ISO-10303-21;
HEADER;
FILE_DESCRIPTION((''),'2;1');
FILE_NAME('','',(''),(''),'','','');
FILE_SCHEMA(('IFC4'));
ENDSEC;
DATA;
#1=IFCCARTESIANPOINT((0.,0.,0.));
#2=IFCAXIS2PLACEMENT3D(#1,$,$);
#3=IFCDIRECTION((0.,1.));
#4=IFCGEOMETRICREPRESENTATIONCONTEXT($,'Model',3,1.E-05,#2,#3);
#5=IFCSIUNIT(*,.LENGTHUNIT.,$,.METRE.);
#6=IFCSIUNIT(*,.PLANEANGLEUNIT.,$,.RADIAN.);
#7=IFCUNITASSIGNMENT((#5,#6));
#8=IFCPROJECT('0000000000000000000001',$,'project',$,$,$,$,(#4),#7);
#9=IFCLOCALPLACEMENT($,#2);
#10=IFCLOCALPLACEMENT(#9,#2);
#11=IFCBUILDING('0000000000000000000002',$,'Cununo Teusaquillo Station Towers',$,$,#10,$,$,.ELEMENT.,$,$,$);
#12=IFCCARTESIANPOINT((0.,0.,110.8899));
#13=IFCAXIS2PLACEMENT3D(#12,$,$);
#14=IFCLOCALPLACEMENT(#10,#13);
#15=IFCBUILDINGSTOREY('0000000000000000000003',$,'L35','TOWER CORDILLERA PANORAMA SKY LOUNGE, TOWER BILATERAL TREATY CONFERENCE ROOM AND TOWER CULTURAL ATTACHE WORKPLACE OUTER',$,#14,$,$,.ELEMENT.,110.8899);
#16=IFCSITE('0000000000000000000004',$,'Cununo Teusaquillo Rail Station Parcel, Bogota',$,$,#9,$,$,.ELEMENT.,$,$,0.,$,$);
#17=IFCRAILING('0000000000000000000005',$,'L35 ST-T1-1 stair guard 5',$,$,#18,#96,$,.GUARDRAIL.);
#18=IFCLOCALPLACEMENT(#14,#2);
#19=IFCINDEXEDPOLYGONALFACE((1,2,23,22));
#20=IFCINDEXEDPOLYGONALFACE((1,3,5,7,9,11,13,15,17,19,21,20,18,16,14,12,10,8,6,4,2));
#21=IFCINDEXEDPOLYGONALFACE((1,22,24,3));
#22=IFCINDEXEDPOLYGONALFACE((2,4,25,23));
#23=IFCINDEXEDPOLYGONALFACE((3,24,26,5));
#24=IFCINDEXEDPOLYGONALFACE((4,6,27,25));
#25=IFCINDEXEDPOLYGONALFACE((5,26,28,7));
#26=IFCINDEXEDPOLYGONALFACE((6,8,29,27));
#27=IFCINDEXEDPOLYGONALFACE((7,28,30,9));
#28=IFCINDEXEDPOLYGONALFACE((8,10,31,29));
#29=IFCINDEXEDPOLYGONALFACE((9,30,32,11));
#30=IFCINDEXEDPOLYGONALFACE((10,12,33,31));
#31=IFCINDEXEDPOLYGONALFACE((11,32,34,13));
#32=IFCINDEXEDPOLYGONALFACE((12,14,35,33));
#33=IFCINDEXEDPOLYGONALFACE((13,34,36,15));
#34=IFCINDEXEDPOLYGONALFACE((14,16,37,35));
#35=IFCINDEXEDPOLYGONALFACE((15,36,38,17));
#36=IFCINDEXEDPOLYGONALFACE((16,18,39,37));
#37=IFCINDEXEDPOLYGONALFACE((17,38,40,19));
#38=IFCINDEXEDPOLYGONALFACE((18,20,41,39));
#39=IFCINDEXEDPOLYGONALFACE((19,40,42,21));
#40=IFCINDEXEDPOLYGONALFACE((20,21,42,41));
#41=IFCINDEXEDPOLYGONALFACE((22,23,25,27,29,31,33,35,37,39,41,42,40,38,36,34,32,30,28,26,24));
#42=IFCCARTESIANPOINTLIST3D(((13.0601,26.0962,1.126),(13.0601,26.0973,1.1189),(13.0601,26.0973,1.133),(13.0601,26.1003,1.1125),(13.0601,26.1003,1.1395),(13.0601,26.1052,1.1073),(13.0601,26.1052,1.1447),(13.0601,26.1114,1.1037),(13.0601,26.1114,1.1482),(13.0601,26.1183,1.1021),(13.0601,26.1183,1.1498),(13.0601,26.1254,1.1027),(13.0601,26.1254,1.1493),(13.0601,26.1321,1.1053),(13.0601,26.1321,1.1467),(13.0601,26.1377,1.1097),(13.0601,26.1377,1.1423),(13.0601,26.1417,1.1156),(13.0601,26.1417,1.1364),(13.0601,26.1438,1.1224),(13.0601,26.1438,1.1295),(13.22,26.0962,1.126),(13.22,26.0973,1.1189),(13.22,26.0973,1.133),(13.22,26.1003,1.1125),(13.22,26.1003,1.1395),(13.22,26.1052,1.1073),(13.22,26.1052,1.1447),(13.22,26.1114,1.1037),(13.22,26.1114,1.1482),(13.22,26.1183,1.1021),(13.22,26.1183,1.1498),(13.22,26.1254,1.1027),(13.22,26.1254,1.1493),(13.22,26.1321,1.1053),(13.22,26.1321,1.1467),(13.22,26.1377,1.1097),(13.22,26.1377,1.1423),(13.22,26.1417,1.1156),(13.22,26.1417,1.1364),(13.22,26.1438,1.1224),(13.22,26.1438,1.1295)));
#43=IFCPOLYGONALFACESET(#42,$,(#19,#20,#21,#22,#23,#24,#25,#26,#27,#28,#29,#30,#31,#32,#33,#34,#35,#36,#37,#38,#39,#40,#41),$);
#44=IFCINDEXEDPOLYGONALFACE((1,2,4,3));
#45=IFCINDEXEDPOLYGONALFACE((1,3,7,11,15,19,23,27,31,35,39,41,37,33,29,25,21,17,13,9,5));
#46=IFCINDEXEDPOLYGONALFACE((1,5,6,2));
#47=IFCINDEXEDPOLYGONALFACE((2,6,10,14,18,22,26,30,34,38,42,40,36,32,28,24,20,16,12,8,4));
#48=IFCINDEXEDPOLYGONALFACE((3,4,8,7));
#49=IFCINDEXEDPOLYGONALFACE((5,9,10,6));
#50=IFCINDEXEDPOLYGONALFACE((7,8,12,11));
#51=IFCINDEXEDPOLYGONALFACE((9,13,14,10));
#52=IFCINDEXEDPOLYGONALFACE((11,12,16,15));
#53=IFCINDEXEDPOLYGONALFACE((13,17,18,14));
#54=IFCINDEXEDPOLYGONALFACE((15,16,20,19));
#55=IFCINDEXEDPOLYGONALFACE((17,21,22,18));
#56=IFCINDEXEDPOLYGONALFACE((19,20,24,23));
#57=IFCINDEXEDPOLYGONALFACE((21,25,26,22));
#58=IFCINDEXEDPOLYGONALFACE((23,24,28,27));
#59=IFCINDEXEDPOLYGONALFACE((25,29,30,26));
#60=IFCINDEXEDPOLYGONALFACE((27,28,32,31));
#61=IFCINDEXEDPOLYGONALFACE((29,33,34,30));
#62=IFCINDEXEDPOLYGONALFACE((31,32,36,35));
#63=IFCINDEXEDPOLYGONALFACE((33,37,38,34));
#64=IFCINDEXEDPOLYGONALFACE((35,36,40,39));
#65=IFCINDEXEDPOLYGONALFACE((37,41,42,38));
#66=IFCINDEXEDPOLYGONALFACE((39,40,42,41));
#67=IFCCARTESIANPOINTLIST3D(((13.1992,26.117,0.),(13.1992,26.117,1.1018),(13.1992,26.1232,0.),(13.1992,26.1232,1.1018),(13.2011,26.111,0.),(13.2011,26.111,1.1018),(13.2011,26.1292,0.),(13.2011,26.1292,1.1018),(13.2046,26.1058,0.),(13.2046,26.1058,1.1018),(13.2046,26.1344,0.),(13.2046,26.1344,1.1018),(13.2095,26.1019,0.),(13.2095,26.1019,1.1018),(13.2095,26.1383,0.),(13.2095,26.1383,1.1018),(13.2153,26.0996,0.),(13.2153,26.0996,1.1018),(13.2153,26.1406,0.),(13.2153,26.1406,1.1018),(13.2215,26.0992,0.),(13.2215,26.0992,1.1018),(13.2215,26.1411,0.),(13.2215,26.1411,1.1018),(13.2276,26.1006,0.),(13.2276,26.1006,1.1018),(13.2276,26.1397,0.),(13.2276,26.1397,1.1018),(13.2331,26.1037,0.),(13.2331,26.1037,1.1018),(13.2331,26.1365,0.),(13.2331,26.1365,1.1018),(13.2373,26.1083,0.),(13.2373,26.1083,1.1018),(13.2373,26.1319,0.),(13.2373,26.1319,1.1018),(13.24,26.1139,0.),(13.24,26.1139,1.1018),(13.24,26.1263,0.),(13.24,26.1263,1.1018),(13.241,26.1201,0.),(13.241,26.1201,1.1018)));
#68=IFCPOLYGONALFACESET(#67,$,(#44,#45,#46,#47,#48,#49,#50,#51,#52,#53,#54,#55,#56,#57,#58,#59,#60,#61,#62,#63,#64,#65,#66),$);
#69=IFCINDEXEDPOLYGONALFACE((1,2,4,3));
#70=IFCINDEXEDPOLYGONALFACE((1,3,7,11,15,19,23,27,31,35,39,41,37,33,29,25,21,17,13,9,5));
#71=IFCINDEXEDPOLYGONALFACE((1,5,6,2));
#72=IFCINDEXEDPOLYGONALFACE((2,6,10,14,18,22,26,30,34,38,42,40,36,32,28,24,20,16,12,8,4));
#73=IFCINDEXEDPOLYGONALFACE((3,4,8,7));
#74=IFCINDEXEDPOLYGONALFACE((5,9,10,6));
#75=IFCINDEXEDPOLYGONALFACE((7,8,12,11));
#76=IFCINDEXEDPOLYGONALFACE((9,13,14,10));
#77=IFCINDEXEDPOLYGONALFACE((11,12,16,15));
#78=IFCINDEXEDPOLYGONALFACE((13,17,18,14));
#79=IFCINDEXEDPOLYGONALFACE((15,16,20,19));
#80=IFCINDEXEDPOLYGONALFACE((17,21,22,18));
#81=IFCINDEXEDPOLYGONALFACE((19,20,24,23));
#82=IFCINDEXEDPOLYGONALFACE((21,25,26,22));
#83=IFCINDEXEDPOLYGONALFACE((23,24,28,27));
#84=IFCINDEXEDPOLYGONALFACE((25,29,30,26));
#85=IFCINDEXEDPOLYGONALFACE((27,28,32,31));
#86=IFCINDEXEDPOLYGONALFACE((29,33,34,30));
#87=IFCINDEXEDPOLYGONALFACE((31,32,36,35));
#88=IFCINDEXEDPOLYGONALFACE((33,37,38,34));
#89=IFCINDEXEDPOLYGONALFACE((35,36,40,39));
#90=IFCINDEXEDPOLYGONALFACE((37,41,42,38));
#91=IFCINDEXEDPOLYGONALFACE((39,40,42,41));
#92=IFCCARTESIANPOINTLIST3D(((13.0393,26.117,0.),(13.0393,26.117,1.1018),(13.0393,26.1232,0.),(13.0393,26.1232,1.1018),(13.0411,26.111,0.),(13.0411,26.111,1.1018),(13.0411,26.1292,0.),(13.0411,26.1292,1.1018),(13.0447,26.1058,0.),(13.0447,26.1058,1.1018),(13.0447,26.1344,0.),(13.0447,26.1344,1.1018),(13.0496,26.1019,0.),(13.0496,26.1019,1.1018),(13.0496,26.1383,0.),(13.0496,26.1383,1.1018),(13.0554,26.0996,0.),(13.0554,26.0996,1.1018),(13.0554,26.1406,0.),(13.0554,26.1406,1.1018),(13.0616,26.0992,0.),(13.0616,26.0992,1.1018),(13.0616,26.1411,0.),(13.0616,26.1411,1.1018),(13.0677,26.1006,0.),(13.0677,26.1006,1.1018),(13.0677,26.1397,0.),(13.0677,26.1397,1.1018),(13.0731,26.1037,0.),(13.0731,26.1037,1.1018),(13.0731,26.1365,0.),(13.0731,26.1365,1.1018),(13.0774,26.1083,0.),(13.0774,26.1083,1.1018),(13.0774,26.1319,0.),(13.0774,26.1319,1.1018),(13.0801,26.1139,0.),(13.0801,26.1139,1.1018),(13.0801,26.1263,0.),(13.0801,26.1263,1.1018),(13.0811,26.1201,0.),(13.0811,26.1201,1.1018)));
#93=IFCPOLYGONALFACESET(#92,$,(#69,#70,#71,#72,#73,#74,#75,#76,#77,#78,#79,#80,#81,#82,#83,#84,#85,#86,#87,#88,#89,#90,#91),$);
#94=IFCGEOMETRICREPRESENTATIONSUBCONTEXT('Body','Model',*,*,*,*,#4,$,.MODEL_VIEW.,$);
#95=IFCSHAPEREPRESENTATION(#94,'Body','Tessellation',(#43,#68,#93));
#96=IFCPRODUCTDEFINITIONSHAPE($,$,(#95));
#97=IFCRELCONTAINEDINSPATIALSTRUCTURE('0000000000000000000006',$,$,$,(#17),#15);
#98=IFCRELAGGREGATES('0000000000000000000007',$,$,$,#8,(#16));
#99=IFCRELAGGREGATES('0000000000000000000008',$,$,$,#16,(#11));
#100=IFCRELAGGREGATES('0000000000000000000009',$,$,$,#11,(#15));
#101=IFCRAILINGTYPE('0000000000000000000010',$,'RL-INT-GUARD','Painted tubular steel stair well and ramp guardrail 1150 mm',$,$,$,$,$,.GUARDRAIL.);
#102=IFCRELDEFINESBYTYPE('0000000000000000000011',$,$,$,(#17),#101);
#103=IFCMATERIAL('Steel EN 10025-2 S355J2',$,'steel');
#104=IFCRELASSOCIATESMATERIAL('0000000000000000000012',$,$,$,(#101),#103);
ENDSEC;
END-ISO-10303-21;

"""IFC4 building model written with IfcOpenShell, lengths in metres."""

from ifc_helpers import new_model, si_unit, direction, frame, origin, origin_2d, place, context, subcontext, project, spatial, circle, extrude, material, type_object, element, save


model = new_model("IFC4")

# Units and contexts
model_context = context("Model", 3, precision=1e-05, world=origin(), true_north=direction((0.0, 1.0)))
body_context = subcontext(model_context, "Body", "Model", "MODEL_VIEW")
ifc_project = project(units=[si_unit("LENGTHUNIT", "METRE"), si_unit("PLANEANGLEUNIT", "RADIAN")], contexts=[model_context])

# Site, building, storey
site_placement = place(None, origin())
site = spatial("IfcSite", under=ifc_project, at=site_placement, Name="Cununo Teusaquillo Rail Station Parcel, Bogota", CompositionType="ELEMENT", RefElevation=0.0)
building_placement = place(site_placement, origin())
building = spatial("IfcBuilding", under=site, at=building_placement, Name="Cununo Teusaquillo Station Towers", CompositionType="ELEMENT")
storey_placement = place(building_placement, frame((0.0, 0.0, 110.8899)))
storey = spatial("IfcBuildingStorey", under=building, at=storey_placement, Name="L35", Description="TOWER CORDILLERA PANORAMA SKY LOUNGE, TOWER BILATERAL TREATY CONFERENCE ROOM AND TOWER CULTURAL ATTACHE WORKPLACE OUTER", CompositionType="ELEMENT", Elevation=110.8899)

# Railing
ifc_material_1 = material(Name="Steel EN 10025-2 S355J2", Category="steel")
railing_type_1 = type_object("IfcRailingType", Name="RL-INT-GUARD", Description="Painted tubular steel stair well and ramp guardrail 1150 mm", PredefinedType="GUARDRAIL", material=ifc_material_1)
railing_1_placement = place(storey_placement, frame((13.22, 26.1201, 0.0)))
element("IfcRailing", 1, at=railing_1_placement, inside=storey, type_object=railing_type_1, Name="L35 ST-T1-1 stair guard 5", PredefinedType="GUARDRAIL", context=body_context, shape_type="SweptSolid", body=[
    extrude(circle(Radius=0.0239, at=origin_2d()), frame((0.0, 0.0, 1.126), z_axis=(-1.0, 0.0, 0.0), x_axis=(0.0, -1.0, 0.0)), (0.0, 0.0, 1.0), 0.1599),
    extrude(circle(Radius=0.021, at=origin_2d()), origin(), (0.0, 0.0, 1.0), 1.1018),
    extrude(circle(Radius=0.021, at=origin_2d()), frame((-0.1599, 0.0, 0.0)), (0.0, 0.0, 1.0), 1.1018),
])

save(model, "model.ifc")
